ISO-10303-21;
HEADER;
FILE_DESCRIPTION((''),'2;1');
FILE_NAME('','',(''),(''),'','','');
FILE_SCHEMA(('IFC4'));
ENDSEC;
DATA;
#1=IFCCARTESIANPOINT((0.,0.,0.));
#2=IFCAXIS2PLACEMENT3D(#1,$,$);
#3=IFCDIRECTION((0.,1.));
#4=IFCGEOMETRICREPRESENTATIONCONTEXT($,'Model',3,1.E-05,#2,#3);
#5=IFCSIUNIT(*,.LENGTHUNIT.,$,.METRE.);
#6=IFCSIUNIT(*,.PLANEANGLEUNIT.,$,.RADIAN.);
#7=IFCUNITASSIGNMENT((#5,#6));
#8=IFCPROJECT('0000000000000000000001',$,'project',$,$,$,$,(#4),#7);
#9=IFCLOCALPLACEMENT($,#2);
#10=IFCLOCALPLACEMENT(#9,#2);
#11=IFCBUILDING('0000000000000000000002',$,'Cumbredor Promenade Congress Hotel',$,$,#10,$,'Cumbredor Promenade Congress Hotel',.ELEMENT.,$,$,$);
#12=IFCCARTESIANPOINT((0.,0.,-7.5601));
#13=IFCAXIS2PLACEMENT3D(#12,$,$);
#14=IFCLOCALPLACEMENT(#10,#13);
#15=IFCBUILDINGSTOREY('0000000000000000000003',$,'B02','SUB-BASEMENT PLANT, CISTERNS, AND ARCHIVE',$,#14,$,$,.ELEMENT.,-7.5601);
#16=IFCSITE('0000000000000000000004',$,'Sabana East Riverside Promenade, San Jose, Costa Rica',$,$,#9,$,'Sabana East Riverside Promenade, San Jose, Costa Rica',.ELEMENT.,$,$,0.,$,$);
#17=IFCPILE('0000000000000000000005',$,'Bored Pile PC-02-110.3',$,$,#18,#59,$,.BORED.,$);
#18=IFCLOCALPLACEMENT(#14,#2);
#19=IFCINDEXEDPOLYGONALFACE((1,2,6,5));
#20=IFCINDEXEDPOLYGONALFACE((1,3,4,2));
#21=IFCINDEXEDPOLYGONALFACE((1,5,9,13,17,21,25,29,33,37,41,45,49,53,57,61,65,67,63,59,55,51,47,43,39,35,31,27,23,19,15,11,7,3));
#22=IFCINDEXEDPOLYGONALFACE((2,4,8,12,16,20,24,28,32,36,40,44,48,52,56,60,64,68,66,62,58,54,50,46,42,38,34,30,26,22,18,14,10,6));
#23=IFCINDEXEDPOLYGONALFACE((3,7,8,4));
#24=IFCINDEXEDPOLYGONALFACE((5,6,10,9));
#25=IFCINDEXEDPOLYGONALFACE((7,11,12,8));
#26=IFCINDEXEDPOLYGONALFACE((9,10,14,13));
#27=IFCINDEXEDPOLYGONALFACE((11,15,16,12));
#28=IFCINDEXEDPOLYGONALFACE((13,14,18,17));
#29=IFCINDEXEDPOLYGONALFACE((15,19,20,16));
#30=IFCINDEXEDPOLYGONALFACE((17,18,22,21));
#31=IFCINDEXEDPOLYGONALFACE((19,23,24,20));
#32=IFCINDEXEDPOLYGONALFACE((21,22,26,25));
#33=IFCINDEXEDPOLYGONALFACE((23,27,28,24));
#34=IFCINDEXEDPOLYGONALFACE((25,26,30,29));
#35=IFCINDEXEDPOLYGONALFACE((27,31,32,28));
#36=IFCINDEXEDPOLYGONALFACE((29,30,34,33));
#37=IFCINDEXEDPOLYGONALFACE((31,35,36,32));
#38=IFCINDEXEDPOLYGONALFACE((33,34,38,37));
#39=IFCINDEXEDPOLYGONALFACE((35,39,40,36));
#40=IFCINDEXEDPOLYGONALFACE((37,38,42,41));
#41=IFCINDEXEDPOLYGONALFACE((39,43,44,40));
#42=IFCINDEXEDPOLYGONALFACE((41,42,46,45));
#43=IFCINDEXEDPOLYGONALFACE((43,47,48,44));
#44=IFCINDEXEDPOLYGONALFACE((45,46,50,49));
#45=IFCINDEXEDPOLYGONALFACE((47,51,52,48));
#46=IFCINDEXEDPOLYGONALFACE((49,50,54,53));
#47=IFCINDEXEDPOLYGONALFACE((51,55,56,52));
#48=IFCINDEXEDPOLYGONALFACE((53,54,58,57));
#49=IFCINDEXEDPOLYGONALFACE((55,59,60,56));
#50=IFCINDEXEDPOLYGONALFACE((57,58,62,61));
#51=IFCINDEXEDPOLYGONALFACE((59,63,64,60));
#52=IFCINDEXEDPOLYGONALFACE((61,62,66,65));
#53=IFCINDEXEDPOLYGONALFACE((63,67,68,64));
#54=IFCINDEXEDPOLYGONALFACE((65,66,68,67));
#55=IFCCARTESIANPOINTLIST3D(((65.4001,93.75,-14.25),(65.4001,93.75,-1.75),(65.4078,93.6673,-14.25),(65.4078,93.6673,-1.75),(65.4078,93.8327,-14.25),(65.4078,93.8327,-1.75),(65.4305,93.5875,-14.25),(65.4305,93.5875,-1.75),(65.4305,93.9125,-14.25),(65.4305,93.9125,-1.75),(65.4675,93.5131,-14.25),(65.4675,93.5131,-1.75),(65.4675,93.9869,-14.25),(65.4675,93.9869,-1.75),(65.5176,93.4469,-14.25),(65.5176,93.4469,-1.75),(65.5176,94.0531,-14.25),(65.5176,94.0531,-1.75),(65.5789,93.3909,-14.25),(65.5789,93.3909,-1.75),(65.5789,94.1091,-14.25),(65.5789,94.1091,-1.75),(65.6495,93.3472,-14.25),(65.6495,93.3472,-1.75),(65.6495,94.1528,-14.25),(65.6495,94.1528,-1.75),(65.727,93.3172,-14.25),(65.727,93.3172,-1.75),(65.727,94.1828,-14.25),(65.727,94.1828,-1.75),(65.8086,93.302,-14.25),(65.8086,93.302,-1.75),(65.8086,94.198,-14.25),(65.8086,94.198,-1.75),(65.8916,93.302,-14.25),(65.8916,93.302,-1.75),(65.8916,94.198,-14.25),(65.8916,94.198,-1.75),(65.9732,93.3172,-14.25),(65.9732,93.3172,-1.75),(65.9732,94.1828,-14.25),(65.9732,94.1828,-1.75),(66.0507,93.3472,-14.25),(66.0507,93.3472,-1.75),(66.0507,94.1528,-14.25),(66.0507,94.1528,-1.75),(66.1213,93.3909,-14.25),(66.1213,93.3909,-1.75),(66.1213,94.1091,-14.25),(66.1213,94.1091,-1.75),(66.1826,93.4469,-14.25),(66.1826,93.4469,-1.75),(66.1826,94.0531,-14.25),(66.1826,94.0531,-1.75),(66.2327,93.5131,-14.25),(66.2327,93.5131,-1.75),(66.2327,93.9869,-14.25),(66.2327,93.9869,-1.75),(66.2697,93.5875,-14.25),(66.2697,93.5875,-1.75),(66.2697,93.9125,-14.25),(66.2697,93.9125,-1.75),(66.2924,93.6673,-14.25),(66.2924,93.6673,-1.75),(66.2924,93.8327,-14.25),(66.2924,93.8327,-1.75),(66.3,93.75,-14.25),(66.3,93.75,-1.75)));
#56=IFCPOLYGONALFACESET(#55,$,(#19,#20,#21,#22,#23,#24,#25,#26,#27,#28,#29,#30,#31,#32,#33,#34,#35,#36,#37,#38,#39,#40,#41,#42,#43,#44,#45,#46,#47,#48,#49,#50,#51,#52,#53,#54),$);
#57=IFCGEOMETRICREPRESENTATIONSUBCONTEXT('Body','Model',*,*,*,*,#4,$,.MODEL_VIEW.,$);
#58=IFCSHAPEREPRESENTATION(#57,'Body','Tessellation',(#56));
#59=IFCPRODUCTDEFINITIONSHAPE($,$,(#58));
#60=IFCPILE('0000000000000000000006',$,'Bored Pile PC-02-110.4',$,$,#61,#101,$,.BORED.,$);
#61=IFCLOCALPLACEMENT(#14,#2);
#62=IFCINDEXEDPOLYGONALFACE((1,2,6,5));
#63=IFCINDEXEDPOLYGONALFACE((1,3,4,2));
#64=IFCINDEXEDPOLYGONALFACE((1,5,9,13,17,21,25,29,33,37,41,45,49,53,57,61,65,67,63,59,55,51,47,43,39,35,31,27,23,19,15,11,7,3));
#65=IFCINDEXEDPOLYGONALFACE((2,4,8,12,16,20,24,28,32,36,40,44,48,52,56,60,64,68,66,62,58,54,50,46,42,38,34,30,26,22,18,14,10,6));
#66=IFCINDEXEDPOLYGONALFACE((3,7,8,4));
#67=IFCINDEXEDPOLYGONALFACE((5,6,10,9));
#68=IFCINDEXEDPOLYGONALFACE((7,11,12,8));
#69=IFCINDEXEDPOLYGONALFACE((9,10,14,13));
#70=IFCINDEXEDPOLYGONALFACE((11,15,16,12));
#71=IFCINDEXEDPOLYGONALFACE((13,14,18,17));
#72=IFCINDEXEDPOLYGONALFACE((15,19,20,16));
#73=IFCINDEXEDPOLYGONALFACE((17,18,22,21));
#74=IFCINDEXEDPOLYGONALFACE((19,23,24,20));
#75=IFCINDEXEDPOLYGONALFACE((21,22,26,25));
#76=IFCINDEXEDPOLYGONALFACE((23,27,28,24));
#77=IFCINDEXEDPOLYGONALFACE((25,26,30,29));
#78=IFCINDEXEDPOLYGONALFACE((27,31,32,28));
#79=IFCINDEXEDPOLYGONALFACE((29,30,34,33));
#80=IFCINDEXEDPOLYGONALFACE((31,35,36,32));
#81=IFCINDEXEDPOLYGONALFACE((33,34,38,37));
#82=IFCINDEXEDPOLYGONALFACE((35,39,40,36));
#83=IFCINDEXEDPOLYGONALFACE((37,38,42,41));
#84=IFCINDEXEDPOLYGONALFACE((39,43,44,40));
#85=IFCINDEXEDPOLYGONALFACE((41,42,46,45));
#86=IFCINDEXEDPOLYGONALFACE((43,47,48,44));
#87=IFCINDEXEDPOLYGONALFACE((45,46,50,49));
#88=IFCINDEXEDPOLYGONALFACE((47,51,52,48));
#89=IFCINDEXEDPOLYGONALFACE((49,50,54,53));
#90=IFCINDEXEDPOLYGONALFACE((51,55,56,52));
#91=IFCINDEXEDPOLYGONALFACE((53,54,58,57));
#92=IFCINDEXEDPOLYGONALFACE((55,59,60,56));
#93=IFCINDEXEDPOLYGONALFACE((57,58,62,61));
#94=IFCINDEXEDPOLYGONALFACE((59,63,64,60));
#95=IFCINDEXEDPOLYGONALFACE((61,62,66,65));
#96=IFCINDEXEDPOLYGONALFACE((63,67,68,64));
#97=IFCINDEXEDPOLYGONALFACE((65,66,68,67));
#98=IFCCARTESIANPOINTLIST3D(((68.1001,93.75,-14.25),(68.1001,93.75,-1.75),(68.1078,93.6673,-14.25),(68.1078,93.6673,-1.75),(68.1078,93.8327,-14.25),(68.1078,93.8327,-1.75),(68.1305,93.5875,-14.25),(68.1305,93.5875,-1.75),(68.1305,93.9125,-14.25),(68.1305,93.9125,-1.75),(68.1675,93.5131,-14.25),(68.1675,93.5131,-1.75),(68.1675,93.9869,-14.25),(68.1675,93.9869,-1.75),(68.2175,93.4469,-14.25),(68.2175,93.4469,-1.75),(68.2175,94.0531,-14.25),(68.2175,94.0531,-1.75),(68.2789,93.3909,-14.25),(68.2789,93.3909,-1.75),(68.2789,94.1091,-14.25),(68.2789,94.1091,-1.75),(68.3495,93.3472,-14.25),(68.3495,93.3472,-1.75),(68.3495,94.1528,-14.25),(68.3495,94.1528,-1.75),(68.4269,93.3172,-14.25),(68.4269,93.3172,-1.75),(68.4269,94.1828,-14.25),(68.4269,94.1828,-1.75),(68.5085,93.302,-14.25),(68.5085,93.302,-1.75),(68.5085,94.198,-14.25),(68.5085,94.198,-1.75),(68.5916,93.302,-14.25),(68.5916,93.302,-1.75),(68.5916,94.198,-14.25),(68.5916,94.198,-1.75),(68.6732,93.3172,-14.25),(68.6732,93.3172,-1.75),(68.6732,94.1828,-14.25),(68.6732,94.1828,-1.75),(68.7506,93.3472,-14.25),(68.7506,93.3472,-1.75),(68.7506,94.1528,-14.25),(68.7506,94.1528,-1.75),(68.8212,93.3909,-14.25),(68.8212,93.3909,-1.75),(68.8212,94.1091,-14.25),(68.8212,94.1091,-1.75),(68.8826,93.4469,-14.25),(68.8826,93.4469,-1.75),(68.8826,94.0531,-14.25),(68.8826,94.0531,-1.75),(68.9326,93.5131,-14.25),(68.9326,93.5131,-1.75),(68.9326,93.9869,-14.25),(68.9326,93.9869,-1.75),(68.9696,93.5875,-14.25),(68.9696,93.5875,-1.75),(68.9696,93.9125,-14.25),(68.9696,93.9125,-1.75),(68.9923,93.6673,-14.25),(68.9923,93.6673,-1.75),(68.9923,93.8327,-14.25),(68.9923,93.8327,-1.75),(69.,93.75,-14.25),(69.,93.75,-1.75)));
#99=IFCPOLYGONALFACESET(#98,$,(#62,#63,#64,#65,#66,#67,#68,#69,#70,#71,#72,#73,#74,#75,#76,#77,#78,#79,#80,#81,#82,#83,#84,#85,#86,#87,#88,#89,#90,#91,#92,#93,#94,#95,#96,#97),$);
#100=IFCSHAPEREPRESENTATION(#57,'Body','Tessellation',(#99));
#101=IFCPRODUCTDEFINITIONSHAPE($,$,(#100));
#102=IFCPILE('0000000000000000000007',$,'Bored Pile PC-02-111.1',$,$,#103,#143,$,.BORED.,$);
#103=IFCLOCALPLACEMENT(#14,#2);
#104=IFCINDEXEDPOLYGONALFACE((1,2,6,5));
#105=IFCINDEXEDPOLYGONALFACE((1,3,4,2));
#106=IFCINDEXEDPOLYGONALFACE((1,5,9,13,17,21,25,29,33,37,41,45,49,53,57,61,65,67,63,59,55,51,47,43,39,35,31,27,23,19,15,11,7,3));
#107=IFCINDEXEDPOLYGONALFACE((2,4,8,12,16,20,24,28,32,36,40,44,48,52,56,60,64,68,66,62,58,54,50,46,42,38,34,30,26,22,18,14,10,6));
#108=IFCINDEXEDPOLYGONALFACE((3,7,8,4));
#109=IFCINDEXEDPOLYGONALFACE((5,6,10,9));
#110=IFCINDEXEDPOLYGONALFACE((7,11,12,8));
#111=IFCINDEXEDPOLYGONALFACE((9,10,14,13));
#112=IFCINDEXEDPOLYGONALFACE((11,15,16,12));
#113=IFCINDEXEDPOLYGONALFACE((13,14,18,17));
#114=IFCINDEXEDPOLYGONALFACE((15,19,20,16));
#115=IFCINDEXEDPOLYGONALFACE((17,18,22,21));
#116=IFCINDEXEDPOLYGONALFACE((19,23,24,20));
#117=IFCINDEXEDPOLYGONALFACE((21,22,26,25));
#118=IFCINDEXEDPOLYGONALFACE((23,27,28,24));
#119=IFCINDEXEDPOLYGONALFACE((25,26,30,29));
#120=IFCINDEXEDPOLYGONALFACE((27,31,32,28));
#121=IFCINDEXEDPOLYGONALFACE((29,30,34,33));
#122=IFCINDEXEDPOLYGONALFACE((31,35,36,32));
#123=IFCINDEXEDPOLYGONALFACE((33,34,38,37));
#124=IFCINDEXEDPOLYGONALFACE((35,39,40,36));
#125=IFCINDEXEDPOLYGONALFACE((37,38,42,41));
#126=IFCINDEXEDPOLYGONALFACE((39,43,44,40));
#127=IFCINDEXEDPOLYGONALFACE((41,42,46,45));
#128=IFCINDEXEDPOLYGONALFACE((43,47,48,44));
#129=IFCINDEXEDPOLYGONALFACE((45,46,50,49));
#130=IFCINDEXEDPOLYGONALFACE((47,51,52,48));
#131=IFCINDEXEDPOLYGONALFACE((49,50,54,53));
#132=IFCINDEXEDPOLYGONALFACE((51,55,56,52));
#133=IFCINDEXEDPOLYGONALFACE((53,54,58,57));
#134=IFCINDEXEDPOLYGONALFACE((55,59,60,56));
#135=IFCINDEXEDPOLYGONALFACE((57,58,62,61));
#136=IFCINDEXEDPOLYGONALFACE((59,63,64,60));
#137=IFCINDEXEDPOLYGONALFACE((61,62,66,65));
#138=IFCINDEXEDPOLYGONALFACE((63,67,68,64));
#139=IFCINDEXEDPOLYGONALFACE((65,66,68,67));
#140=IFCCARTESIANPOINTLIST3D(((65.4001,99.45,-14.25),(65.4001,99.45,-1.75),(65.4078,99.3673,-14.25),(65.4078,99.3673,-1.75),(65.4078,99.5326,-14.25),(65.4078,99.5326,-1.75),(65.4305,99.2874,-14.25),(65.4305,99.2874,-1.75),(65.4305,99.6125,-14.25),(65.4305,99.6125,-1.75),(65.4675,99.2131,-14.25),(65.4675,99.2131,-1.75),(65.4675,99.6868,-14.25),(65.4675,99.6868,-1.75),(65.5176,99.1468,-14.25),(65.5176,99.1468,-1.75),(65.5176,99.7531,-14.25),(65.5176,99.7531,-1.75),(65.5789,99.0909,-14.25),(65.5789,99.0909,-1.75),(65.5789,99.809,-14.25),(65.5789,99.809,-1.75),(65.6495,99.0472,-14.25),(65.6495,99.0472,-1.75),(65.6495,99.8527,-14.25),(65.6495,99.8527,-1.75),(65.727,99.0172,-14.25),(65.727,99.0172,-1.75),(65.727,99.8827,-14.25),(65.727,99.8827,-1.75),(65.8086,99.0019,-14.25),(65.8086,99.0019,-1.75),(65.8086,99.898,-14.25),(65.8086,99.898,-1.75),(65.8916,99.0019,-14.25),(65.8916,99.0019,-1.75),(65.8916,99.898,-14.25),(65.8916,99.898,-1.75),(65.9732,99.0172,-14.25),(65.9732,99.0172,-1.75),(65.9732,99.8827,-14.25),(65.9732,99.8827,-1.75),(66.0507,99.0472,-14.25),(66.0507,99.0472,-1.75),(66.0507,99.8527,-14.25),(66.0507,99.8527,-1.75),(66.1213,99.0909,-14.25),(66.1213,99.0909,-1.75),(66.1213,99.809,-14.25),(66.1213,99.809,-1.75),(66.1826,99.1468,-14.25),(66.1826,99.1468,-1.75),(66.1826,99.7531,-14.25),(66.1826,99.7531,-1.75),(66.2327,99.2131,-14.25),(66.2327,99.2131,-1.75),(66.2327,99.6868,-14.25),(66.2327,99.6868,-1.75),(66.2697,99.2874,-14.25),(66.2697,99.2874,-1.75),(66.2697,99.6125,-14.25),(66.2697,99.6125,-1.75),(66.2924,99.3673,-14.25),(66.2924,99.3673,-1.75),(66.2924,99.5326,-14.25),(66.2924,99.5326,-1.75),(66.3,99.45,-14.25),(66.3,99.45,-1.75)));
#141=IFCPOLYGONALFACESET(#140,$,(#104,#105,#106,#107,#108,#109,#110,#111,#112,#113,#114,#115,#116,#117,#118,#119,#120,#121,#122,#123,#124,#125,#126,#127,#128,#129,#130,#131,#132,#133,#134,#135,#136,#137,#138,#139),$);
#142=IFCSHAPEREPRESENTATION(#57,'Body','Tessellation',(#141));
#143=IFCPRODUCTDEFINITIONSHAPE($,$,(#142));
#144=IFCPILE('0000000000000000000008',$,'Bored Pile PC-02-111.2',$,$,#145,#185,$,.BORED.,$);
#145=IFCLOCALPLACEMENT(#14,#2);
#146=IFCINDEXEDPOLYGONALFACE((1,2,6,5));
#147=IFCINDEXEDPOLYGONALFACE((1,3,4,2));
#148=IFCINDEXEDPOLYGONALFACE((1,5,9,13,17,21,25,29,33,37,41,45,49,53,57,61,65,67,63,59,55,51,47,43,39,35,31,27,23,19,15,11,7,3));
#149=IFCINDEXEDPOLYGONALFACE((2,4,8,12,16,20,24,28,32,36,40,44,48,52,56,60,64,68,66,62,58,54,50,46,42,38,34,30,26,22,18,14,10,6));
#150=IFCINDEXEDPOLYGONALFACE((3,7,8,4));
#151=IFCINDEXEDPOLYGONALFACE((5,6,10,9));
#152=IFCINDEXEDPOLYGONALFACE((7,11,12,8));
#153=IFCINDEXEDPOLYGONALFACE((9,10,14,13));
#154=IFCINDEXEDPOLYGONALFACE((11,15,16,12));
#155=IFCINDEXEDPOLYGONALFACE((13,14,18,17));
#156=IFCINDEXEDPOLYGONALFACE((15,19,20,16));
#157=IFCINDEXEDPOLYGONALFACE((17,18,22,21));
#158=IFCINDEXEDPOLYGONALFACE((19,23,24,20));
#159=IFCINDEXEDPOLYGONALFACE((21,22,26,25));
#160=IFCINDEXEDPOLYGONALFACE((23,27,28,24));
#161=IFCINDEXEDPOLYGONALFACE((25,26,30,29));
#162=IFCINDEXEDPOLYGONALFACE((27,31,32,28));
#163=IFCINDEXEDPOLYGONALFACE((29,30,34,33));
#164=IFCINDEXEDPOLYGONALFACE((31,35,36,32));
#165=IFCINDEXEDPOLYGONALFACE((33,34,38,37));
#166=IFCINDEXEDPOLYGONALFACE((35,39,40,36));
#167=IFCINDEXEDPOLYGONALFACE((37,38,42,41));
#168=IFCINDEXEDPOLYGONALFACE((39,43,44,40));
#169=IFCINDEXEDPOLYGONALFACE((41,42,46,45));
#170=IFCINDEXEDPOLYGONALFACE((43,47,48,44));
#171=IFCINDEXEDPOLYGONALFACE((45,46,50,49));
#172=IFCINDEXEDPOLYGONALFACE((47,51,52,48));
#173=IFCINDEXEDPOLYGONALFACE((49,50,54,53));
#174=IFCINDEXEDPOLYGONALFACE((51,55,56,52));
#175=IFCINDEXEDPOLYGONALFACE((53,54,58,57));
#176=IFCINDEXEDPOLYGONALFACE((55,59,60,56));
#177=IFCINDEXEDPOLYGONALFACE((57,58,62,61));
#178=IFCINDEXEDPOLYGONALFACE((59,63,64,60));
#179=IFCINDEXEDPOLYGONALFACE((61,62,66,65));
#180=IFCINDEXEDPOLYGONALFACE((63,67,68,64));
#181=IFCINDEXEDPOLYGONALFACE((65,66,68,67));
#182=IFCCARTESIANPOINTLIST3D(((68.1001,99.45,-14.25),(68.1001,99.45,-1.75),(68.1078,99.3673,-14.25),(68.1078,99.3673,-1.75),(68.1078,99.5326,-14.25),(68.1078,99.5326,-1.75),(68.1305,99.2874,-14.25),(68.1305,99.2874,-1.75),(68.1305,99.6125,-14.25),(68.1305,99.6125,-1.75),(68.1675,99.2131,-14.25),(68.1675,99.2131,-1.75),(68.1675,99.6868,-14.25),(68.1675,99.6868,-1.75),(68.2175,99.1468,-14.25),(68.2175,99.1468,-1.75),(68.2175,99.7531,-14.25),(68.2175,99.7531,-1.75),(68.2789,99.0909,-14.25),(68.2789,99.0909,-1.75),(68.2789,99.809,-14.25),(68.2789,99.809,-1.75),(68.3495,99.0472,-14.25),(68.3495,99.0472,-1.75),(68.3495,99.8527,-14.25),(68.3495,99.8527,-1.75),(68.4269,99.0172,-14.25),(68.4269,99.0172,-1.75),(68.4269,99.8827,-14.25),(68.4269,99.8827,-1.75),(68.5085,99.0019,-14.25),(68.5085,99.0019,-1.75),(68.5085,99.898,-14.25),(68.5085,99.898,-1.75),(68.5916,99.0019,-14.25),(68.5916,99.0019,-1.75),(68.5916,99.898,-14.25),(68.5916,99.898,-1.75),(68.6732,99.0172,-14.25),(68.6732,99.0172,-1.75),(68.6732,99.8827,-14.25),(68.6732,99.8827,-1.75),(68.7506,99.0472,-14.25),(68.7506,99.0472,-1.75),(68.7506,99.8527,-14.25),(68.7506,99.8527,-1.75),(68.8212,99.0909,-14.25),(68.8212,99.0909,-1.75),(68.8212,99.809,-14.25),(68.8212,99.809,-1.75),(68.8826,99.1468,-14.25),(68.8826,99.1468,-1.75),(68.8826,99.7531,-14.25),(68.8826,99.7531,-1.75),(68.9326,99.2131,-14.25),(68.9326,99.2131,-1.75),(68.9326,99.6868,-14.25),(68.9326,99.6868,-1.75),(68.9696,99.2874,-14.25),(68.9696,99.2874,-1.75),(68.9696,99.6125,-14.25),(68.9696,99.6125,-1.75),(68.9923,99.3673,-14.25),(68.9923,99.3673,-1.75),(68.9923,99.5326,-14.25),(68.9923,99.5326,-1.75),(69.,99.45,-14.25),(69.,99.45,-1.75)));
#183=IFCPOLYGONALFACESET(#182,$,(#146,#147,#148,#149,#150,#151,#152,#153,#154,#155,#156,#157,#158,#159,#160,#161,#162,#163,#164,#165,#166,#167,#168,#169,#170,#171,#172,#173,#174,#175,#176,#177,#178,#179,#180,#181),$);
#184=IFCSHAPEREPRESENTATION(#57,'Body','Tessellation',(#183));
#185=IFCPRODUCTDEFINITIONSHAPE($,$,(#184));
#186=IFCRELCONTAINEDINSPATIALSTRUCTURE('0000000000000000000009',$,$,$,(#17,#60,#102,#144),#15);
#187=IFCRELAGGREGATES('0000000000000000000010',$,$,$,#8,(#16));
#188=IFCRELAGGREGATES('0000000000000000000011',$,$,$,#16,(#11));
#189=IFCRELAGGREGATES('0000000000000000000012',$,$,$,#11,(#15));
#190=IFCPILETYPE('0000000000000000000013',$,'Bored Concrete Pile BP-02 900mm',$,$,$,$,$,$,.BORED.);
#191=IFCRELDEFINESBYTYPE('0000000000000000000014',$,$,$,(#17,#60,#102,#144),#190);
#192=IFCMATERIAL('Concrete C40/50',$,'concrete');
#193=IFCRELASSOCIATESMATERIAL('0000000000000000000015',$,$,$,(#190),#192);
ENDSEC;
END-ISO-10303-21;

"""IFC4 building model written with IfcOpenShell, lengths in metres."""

from ifc_helpers import new_model, si_unit, direction, frame, origin, origin_2d, place, context, subcontext, project, spatial, circle, extrude, material, material_profile, profile_set, type_object, element, save


model = new_model("IFC4")

# Units and contexts
model_context = context("Model", 3, precision=1e-05, world=origin(), true_north=direction((0.0, 1.0)))
body_context = subcontext(model_context, "Body", "Model", "MODEL_VIEW")
ifc_project = project(units=[si_unit("LENGTHUNIT", "METRE"), si_unit("PLANEANGLEUNIT", "RADIAN")], contexts=[model_context])

# Site, building, storey
site_placement = place(None, origin())
site = spatial("IfcSite", under=ifc_project, at=site_placement, Name="Sabana East Riverside Promenade, San Jose, Costa Rica", LongName="Sabana East Riverside Promenade, San Jose, Costa Rica", CompositionType="ELEMENT", RefElevation=0.0)
building_placement = place(site_placement, origin())
building = spatial("IfcBuilding", under=site, at=building_placement, Name="Cumbredor Promenade Congress Hotel", LongName="Cumbredor Promenade Congress Hotel", CompositionType="ELEMENT")
storey_placement = place(building_placement, frame((0.0, 0.0, -7.5601)))
storey = spatial("IfcBuildingStorey", under=building, at=storey_placement, Name="B02", Description="SUB-BASEMENT PLANT, CISTERNS, AND ARCHIVE", CompositionType="ELEMENT", Elevation=-7.5601)

# Piles
ifc_material_1 = material(Name="Concrete C40/50", Category="concrete")
ifc_material_profile_1 = material_profile(ifc_material_1, circle(Radius=0.45, at=origin_2d()), Name="PILE D900")
ifc_profile_set_1 = profile_set([ifc_material_profile_1], Name="Concrete C40/50")
pile_type = type_object("IfcPileType", Name="Bored Concrete Pile BP-02 900mm", PredefinedType="BORED", material=ifc_profile_set_1)
for number, where, z_axis, x_axis, name in (
    (1, (65.8501, 93.75, -1.75), (0.0, 0.0, -1.0), (1.0, 0.0, 0.0), "Bored Pile PC-02-110.3"),
    (2, (68.55, 93.75, -1.75), (0.0, 0.0, -1.0), (1.0, 0.0, 0.0), "Bored Pile PC-02-110.4"),
    (3, (65.8501, 99.45, -1.75), (0.0, 0.0, -1.0), (1.0, 0.0, 0.0), "Bored Pile PC-02-111.1"),
    (4, (68.55, 99.45, -1.75), (0.0, 0.0, -1.0), (1.0, 0.0, 0.0), "Bored Pile PC-02-111.2"),
):
    element("IfcPile", number, at=place(storey_placement, frame(where, z_axis=z_axis, x_axis=x_axis)), inside=storey, type_object=pile_type, Name=name, PredefinedType="BORED", context=body_context, shape_type="SweptSolid", body=[
        extrude(circle(Radius=0.45, at=origin_2d()), origin(), (0.0, 0.0, 1.0), 12.5),
    ])

save(model, "model.ifc")
